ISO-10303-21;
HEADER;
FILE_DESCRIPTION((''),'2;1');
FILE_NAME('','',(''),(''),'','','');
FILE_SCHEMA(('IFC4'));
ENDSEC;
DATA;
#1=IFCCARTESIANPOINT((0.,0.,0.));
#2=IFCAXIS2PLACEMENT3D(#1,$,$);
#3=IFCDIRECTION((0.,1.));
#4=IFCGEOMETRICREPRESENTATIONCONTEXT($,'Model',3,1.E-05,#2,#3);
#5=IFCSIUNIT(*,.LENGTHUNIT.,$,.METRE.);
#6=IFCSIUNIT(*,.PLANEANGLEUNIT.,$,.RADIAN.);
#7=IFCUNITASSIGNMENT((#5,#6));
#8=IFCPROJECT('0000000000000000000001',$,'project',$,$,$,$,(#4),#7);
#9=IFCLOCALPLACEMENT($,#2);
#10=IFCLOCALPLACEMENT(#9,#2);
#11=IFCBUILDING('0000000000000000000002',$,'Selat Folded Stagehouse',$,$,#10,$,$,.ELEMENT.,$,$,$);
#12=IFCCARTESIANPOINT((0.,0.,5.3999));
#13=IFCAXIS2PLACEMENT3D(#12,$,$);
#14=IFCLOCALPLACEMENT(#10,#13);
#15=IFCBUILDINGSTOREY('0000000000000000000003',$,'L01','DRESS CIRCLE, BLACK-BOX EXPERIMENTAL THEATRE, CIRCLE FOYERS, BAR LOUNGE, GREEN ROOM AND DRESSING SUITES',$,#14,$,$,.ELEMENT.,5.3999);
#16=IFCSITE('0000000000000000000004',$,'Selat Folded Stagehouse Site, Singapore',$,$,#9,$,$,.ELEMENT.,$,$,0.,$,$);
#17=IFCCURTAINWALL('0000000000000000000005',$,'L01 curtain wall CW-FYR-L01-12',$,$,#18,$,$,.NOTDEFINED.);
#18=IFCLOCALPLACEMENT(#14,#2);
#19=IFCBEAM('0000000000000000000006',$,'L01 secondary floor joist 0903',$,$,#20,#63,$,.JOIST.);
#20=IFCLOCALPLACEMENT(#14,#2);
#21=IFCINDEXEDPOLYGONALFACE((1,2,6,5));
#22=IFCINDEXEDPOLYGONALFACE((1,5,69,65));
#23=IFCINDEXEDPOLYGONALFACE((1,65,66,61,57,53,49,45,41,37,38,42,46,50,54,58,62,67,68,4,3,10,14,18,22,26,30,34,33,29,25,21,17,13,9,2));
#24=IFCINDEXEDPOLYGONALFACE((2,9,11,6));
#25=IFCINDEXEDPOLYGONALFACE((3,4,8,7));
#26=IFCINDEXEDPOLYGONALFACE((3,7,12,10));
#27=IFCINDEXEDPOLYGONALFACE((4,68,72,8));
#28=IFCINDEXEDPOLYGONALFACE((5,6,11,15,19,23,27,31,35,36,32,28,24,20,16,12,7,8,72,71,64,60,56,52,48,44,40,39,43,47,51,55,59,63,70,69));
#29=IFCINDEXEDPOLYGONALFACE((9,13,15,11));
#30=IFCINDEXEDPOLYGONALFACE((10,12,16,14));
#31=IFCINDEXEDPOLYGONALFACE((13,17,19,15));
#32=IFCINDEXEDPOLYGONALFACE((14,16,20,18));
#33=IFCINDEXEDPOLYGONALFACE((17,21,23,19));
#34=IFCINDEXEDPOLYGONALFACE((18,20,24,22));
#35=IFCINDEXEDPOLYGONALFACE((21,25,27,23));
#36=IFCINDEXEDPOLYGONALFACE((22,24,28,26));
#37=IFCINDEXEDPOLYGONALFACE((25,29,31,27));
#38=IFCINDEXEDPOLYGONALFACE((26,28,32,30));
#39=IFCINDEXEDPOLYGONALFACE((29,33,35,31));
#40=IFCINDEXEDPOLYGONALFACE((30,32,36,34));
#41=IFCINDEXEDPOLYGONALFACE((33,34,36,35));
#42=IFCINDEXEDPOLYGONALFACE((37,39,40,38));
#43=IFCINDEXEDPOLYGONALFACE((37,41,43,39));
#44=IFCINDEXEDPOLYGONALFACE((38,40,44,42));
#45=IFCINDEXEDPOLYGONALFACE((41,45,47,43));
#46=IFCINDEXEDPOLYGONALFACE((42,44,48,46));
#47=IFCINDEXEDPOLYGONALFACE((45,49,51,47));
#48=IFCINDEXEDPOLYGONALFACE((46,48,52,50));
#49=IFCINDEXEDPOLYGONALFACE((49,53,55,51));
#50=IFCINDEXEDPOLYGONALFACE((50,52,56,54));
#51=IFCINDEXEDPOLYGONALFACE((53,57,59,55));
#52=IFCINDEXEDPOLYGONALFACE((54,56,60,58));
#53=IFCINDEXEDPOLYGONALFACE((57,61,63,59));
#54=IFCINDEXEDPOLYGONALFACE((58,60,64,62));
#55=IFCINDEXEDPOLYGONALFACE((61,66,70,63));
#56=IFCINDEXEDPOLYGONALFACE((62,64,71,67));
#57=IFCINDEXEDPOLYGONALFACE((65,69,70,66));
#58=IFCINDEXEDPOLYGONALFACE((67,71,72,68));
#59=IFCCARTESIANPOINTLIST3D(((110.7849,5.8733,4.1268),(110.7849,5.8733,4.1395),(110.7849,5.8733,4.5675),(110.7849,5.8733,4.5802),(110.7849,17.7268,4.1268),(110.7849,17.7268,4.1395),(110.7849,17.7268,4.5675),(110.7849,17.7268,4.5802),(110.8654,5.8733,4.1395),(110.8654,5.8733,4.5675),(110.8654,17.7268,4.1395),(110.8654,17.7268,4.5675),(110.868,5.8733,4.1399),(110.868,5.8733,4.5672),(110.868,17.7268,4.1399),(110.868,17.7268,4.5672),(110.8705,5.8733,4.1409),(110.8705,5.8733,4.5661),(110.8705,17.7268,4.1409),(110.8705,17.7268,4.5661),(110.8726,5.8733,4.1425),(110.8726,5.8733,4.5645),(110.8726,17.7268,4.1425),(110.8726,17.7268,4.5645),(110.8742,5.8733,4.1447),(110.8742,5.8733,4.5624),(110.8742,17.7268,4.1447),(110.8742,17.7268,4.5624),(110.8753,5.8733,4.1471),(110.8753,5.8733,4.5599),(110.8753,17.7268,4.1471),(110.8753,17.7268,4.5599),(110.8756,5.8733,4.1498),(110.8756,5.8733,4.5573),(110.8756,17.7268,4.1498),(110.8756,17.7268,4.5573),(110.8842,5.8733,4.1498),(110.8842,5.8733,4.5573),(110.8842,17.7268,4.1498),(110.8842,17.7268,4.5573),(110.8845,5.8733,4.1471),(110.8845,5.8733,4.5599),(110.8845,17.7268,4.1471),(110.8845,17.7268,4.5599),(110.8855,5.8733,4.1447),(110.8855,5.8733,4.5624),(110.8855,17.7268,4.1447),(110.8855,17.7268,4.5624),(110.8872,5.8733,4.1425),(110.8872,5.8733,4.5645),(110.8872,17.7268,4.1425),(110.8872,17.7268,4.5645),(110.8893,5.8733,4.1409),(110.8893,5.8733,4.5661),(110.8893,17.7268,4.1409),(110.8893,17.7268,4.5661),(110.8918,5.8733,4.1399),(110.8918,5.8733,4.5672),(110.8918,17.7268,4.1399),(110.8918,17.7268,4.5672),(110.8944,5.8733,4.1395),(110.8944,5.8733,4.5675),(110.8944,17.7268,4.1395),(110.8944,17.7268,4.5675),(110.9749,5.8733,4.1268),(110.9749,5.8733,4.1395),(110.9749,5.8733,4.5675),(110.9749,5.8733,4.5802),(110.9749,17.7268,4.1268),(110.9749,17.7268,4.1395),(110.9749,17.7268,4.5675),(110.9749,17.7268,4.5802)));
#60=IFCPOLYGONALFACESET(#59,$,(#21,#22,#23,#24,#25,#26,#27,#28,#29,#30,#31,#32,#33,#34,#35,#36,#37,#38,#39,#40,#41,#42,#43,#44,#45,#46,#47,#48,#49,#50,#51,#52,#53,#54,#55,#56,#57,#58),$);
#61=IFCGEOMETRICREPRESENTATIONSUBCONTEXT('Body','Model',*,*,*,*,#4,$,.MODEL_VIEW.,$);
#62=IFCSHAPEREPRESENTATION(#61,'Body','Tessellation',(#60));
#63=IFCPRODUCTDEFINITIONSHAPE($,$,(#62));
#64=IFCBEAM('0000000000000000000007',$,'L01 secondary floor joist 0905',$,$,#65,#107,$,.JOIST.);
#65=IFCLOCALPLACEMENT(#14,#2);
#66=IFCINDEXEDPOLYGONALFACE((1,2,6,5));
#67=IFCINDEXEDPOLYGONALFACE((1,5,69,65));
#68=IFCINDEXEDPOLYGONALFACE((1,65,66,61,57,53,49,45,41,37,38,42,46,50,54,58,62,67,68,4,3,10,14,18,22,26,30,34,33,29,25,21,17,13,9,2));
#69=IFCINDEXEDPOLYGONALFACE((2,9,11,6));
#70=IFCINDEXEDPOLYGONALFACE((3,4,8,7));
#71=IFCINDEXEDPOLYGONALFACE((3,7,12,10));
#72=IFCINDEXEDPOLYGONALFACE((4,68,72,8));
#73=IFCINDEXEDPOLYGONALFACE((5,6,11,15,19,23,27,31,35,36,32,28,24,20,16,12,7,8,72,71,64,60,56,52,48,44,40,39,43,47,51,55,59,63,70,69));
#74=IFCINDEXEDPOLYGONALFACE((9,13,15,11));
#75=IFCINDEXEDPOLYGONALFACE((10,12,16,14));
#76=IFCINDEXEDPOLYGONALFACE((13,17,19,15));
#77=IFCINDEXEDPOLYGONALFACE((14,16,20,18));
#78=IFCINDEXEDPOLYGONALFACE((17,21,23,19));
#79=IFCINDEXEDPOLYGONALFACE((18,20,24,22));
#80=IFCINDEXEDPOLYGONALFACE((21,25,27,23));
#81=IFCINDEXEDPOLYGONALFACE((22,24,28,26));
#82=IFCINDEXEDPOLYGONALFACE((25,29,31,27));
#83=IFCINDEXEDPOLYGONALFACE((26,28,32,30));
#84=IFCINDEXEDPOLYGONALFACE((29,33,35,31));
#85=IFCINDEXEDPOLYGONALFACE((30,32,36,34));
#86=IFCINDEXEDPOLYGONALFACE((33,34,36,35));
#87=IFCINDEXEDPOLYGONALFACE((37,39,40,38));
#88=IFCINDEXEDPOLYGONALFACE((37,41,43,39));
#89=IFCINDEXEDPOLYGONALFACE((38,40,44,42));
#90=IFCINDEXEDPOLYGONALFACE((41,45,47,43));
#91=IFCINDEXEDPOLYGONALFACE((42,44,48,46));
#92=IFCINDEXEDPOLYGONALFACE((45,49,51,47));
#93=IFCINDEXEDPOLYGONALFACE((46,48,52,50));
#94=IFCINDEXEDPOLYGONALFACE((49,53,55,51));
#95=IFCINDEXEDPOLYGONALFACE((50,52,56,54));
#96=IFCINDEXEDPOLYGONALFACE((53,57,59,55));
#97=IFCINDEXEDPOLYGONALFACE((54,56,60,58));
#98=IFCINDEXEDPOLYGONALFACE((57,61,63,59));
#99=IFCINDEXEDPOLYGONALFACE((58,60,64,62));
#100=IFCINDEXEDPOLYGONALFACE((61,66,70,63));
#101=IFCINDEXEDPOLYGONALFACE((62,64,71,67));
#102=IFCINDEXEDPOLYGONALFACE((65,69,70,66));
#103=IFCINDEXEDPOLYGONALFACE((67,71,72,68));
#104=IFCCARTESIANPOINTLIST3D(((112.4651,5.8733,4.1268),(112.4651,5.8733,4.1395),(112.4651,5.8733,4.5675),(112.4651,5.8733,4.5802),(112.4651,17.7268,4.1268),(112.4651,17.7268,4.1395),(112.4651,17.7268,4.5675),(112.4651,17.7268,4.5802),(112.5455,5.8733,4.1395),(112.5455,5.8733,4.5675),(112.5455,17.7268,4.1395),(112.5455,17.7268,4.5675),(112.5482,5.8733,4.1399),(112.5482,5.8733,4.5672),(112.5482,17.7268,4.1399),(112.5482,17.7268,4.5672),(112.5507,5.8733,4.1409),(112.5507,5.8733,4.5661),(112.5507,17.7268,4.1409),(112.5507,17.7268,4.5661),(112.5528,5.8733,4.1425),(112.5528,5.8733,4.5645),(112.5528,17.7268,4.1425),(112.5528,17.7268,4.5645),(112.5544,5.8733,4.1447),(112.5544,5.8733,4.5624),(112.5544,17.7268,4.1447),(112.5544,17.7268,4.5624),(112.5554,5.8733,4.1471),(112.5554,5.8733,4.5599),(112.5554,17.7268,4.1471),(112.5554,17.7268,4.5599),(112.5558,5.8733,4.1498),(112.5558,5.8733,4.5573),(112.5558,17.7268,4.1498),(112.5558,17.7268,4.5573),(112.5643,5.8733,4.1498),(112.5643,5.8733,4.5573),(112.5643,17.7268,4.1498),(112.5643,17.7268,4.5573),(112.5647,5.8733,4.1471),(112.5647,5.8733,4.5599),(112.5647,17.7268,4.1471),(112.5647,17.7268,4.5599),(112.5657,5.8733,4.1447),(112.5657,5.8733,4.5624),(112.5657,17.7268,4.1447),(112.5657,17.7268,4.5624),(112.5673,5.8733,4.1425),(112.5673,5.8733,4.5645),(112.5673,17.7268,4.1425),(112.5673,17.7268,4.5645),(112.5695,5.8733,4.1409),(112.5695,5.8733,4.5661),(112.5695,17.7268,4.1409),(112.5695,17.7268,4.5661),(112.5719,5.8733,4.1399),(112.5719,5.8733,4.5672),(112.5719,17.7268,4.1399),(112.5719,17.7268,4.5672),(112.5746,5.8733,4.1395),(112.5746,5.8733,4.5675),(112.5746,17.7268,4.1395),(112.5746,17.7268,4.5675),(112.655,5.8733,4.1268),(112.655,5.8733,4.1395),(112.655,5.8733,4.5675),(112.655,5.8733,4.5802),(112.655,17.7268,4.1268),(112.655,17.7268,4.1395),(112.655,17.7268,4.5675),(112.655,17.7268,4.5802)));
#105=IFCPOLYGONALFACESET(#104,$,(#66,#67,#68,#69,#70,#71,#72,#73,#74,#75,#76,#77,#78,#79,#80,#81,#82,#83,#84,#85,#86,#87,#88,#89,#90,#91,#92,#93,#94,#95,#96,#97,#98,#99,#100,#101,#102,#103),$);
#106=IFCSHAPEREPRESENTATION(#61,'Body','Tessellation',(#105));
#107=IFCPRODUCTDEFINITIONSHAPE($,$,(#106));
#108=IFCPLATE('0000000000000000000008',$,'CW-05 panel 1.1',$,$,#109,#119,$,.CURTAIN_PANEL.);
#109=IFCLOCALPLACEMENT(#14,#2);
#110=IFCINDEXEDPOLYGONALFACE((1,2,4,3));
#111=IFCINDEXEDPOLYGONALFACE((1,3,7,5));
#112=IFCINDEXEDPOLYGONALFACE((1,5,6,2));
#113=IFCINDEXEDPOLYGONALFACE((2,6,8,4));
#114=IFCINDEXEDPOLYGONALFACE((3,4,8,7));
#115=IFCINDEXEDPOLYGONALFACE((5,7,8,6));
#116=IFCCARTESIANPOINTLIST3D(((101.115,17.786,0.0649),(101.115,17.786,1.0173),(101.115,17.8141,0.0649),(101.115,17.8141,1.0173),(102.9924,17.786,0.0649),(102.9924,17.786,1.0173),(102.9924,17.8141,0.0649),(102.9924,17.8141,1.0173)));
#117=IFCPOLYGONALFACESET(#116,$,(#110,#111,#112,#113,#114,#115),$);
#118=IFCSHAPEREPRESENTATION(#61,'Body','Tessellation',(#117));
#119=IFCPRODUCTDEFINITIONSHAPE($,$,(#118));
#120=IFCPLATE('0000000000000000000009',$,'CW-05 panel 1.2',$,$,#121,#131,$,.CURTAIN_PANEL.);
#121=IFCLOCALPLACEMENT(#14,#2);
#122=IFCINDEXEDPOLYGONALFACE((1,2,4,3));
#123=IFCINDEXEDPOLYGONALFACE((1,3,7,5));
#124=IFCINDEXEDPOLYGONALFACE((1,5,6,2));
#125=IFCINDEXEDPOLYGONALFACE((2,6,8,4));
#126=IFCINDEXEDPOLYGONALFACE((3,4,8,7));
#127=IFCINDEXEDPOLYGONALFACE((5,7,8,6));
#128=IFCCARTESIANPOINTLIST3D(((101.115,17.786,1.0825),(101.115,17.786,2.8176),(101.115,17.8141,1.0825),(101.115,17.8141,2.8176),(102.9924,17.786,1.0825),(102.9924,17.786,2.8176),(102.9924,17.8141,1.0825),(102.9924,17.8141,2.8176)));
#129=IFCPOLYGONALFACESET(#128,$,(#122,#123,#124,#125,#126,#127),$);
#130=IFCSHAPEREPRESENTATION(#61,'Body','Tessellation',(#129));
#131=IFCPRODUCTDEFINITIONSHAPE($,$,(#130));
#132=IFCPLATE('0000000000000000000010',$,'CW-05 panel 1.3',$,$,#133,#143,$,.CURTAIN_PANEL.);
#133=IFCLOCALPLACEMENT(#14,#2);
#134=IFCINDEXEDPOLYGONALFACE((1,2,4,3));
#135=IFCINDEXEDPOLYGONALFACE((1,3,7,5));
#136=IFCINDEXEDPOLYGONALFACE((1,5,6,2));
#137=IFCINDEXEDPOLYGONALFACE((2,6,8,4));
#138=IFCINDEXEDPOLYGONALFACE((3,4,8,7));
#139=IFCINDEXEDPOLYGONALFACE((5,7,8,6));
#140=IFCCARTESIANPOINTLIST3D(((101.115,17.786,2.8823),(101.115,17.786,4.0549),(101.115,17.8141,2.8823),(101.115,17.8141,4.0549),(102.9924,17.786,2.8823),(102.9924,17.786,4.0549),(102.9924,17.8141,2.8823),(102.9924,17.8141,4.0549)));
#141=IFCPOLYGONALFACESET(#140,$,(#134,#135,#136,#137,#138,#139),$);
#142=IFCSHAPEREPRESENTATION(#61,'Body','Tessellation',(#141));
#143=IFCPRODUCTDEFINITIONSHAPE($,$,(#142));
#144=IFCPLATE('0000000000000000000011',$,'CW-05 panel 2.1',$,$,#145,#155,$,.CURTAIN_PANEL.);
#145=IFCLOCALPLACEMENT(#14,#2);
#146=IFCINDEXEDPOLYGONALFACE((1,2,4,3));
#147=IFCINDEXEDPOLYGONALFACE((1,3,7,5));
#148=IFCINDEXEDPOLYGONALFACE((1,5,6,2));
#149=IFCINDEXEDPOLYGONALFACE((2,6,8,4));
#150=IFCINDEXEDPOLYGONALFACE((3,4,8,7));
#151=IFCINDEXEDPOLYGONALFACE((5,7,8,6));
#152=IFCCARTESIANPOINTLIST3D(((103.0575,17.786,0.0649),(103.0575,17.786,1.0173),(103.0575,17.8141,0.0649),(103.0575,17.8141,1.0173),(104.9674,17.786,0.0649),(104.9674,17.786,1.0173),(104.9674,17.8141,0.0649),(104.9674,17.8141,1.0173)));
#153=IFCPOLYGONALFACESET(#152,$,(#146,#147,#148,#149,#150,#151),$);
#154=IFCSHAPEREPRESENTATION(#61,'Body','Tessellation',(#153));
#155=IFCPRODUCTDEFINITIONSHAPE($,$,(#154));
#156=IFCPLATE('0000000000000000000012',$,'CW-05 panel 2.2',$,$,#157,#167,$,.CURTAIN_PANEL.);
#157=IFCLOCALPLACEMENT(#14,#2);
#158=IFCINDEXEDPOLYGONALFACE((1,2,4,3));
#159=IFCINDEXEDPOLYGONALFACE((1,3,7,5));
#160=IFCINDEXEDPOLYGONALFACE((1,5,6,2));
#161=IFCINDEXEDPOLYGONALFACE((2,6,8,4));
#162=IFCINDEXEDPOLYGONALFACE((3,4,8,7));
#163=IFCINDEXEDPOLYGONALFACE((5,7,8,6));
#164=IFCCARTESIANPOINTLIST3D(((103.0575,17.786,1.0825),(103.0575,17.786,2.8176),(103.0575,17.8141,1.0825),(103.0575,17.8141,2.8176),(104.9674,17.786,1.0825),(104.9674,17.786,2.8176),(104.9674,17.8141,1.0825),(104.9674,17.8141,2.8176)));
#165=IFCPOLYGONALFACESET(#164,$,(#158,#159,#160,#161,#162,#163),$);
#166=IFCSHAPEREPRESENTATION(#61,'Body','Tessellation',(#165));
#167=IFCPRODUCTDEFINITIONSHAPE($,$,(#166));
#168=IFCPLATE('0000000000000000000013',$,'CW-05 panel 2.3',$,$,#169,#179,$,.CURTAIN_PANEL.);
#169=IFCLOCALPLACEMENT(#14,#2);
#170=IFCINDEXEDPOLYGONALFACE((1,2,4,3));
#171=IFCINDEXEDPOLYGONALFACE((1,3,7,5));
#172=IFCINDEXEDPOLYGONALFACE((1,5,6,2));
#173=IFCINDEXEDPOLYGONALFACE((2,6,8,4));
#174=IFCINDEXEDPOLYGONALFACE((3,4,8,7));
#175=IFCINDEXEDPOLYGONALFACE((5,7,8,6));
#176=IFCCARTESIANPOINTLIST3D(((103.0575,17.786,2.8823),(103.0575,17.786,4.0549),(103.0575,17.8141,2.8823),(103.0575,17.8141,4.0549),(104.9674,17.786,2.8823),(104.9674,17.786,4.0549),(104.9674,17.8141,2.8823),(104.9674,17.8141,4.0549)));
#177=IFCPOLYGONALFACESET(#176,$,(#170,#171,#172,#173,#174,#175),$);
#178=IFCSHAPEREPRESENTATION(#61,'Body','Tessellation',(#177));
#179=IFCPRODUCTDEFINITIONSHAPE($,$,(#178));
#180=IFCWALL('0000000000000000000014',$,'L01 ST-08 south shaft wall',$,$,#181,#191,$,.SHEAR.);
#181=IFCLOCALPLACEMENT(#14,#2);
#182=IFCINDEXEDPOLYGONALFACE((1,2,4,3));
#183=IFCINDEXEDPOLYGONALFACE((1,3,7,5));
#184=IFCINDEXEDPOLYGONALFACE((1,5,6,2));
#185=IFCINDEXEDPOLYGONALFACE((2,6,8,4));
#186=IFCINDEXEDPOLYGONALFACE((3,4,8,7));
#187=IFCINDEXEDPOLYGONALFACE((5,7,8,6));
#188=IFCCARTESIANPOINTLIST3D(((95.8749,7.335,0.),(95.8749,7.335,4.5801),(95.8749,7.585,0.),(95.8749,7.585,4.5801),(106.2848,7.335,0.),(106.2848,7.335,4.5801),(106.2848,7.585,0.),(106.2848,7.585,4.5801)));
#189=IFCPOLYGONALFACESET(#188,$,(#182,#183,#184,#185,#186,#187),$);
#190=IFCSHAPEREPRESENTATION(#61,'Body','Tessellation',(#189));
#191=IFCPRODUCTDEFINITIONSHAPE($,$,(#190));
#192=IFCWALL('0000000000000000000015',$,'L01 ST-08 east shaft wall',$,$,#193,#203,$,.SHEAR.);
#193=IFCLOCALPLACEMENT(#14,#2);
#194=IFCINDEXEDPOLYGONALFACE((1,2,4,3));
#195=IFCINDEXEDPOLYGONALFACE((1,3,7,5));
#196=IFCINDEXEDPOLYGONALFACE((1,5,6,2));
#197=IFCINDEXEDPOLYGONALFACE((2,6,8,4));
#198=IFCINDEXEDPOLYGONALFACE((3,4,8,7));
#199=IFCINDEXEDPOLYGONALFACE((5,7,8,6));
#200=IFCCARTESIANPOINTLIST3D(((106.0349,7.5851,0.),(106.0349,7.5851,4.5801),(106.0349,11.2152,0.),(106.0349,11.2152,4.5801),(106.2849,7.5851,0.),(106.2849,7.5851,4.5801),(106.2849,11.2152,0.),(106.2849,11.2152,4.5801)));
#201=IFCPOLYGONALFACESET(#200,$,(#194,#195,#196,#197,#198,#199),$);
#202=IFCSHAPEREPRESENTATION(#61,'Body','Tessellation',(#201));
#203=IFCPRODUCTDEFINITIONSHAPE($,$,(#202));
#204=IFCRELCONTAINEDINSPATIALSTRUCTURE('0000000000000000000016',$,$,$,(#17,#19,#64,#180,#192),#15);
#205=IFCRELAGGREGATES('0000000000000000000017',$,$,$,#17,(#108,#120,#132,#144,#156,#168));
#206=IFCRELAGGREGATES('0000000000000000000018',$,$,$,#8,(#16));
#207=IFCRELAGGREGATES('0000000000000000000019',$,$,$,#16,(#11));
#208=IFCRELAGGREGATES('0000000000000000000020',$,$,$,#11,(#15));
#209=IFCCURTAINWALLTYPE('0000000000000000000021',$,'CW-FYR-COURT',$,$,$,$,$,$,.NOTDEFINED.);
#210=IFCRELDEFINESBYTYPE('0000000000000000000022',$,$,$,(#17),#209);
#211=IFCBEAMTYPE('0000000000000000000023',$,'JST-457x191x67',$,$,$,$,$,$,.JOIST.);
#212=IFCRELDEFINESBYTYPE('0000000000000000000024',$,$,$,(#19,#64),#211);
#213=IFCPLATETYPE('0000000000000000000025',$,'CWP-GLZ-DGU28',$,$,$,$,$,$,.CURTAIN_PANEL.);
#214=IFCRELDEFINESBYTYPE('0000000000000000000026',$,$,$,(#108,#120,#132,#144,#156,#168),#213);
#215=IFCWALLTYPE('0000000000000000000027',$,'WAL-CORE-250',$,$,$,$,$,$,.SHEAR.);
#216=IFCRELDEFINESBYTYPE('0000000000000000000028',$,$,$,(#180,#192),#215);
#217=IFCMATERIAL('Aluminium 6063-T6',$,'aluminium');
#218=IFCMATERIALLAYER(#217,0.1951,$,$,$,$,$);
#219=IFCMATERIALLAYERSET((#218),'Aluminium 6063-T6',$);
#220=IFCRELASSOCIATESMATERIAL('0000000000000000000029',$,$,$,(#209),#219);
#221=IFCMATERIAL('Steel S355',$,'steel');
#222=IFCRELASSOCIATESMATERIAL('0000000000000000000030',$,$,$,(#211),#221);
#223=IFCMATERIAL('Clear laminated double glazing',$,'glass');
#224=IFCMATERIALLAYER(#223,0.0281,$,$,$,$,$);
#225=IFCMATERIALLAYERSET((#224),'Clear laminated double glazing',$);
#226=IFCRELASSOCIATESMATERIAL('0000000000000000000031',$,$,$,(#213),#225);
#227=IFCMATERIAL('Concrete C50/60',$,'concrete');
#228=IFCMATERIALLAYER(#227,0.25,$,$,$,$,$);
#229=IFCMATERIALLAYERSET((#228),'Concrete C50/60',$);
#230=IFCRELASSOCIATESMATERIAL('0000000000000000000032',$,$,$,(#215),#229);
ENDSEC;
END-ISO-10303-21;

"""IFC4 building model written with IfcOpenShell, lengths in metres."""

from ifc_helpers import new_model, si_unit, direction, frame, frame_2d, origin, origin_2d, place, context, subcontext, project, spatial, rectangle, i_section, extrude, material, layer, layer_set, material_profile, profile_set, type_object, element, aggregate, save


model = new_model("IFC4")

# Units and contexts
model_context = context("Model", 3, precision=1e-05, world=origin(), true_north=direction((0.0, 1.0)))
body_context = subcontext(model_context, "Body", "Model", "MODEL_VIEW")
ifc_project = project(units=[si_unit("LENGTHUNIT", "METRE"), si_unit("PLANEANGLEUNIT", "RADIAN")], contexts=[model_context])

# Site, building, storey
site_placement = place(None, origin())
site = spatial("IfcSite", under=ifc_project, at=site_placement, Name="Selat Folded Stagehouse Site, Singapore", CompositionType="ELEMENT", RefElevation=0.0)
building_placement = place(site_placement, origin())
building = spatial("IfcBuilding", under=site, at=building_placement, Name="Selat Folded Stagehouse", CompositionType="ELEMENT")
storey_placement = place(building_placement, frame((0.0, 0.0, 5.3999)))
storey = spatial("IfcBuildingStorey", under=building, at=storey_placement, Name="L01", Description="DRESS CIRCLE, BLACK-BOX EXPERIMENTAL THEATRE, CIRCLE FOYERS, BAR LOUNGE, GREEN ROOM AND DRESSING SUITES", CompositionType="ELEMENT", Elevation=5.3999)

# Shared definitions
ifc_material_1 = material(Name="Steel S355", Category="steel")

# Curtain wall
ifc_material_2 = material(Name="Aluminium 6063-T6", Category="aluminium")
ifc_layer_1 = layer(ifc_material_2, 0.1951)
ifc_layer_set_1 = layer_set([ifc_layer_1], Name="Aluminium 6063-T6")
curtain_wall_type = type_object("IfcCurtainWallType", Name="CW-FYR-COURT", PredefinedType="NOTDEFINED", material=ifc_layer_set_1)
curtain_wall_placement = place(storey_placement, origin())
curtain_wall = element("IfcCurtainWall", 1, at=curtain_wall_placement, inside=storey, type_object=curtain_wall_type, Name="L01 curtain wall CW-FYR-L01-12", PredefinedType="NOTDEFINED")

# Beams
ifc_material_profile_1 = material_profile(ifc_material_1, i_section(OverallWidth=0.1899, OverallDepth=0.4534, WebThickness=0.0085, FlangeThickness=0.0127, FilletRadius=0.0103, at=origin_2d()), Name="UKB 457x191x67")
ifc_profile_set_1 = profile_set([ifc_material_profile_1], Name="Steel S355")
beam_type_1 = type_object("IfcBeamType", Name="JST-457x191x67", PredefinedType="JOIST", material=ifc_profile_set_1)
for number, where, z_axis, x_axis, name in (
    (2, (110.8799, 5.8733, 4.3535), (0.0, 1.0, 0.0), (-1.0, 0.0, 0.0), "L01 secondary floor joist 0903"),
    (3, (112.5601, 5.8733, 4.3535), (0.0, 1.0, 0.0), (-1.0, 0.0, 0.0), "L01 secondary floor joist 0905"),
):
    element("IfcBeam", number, at=place(storey_placement, frame(where, z_axis=z_axis, x_axis=x_axis)), inside=storey, type_object=beam_type_1, Name=name, PredefinedType="JOIST", context=body_context, shape_type="SweptSolid", body=[
        extrude(i_section(OverallWidth=0.1899, OverallDepth=0.4534, WebThickness=0.0085, FlangeThickness=0.0127, FilletRadius=0.0103, at=origin_2d()), origin(), (0.0, 0.0, 1.0), 11.8535),
    ])

# Plates
ifc_material_3 = material(Name="Clear laminated double glazing", Category="glass")
ifc_layer_2 = layer(ifc_material_3, 0.0281)
ifc_layer_set_2 = layer_set([ifc_layer_2], Name="Clear laminated double glazing")
plate_type = type_object("IfcPlateType", Name="CWP-GLZ-DGU28", PredefinedType="CURTAIN_PANEL", material=ifc_layer_set_2)
plate_1_placement = place(storey_placement, frame((102.0537, 17.8, 0.0649), z_axis=(0.0, 0.0, 1.0), x_axis=(1.0, 0.0, 0.0)))
plate_1 = element("IfcPlate", 4, at=plate_1_placement, type_object=plate_type, Name="CW-05 panel 1.1", PredefinedType="CURTAIN_PANEL", context=body_context, shape_type="SweptSolid", body=[
    extrude(rectangle(XDim=1.8774, YDim=0.0281, at=origin_2d()), origin(), (0.0, 0.0, 1.0), 0.9524),
])
plate_2_placement = place(storey_placement, frame((102.0537, 17.8, 1.0825), z_axis=(0.0, 0.0, 1.0), x_axis=(1.0, 0.0, 0.0)))
plate_2 = element("IfcPlate", 5, at=plate_2_placement, type_object=plate_type, Name="CW-05 panel 1.2", PredefinedType="CURTAIN_PANEL", context=body_context, shape_type="SweptSolid", body=[
    extrude(rectangle(XDim=1.8774, YDim=0.0281, at=origin_2d()), origin(), (0.0, 0.0, 1.0), 1.7351),
])
plate_3_placement = place(storey_placement, frame((102.0537, 17.8, 2.8823), z_axis=(0.0, 0.0, 1.0), x_axis=(1.0, 0.0, 0.0)))
plate_3 = element("IfcPlate", 6, at=plate_3_placement, type_object=plate_type, Name="CW-05 panel 1.3", PredefinedType="CURTAIN_PANEL", context=body_context, shape_type="SweptSolid", body=[
    extrude(rectangle(XDim=1.8774, YDim=0.0281, at=origin_2d()), origin(), (0.0, 0.0, 1.0), 1.1726),
])
plate_4_placement = place(storey_placement, frame((104.0125, 17.8, 0.0649), z_axis=(0.0, 0.0, 1.0), x_axis=(1.0, 0.0, 0.0)))
plate_4 = element("IfcPlate", 7, at=plate_4_placement, type_object=plate_type, Name="CW-05 panel 2.1", PredefinedType="CURTAIN_PANEL", context=body_context, shape_type="SweptSolid", body=[
    extrude(rectangle(XDim=1.9099, YDim=0.0281, at=origin_2d()), origin(), (0.0, 0.0, 1.0), 0.9524),
])
plate_5_placement = place(storey_placement, frame((104.0125, 17.8, 1.0825), z_axis=(0.0, 0.0, 1.0), x_axis=(1.0, 0.0, 0.0)))
plate_5 = element("IfcPlate", 8, at=plate_5_placement, type_object=plate_type, Name="CW-05 panel 2.2", PredefinedType="CURTAIN_PANEL", context=body_context, shape_type="SweptSolid", body=[
    extrude(rectangle(XDim=1.9099, YDim=0.0281, at=origin_2d()), origin(), (0.0, 0.0, 1.0), 1.7351),
])
plate_6_placement = place(storey_placement, frame((104.0125, 17.8, 2.8823), z_axis=(0.0, 0.0, 1.0), x_axis=(1.0, 0.0, 0.0)))
plate_6 = element("IfcPlate", 9, at=plate_6_placement, type_object=plate_type, Name="CW-05 panel 2.3", PredefinedType="CURTAIN_PANEL", context=body_context, shape_type="SweptSolid", body=[
    extrude(rectangle(XDim=1.9099, YDim=0.0281, at=origin_2d()), origin(), (0.0, 0.0, 1.0), 1.1726),
])
aggregate(curtain_wall, [plate_1, plate_2, plate_3, plate_4, plate_5, plate_6])

# Walls
ifc_material_4 = material(Name="Concrete C50/60", Category="concrete")
ifc_layer_3 = layer(ifc_material_4, 0.25)
ifc_layer_set_3 = layer_set([ifc_layer_3], Name="Concrete C50/60")
wall_type = type_object("IfcWallType", Name="WAL-CORE-250", PredefinedType="SHEAR", material=ifc_layer_set_3)
wall_1_placement = place(storey_placement, frame((106.2849, 7.46, 0.0), z_axis=(0.0, 0.0, 1.0), x_axis=(-1.0, 0.0, 0.0)))
element("IfcWall", 10, at=wall_1_placement, inside=storey, type_object=wall_type, Name="L01 ST-08 south shaft wall", PredefinedType="SHEAR", context=body_context, shape_type="SweptSolid", body=[
    extrude(rectangle(XDim=10.4099, YDim=0.25, at=frame_2d((5.2051, 0.0))), origin(), (0.0, 0.0, 1.0), 4.5801),
])
wall_2_placement = place(storey_placement, frame((106.1599, 11.2151, 0.0), z_axis=(0.0, 0.0, 1.0), x_axis=(0.0, -1.0, 0.0)))
element("IfcWall", 11, at=wall_2_placement, inside=storey, type_object=wall_type, Name="L01 ST-08 east shaft wall", PredefinedType="SHEAR", context=body_context, shape_type="SweptSolid", body=[
    extrude(rectangle(XDim=3.6301, YDim=0.25, at=frame_2d((1.8149, 0.0))), origin(), (0.0, 0.0, 1.0), 4.5801),
])

save(model, "model.ifc")
